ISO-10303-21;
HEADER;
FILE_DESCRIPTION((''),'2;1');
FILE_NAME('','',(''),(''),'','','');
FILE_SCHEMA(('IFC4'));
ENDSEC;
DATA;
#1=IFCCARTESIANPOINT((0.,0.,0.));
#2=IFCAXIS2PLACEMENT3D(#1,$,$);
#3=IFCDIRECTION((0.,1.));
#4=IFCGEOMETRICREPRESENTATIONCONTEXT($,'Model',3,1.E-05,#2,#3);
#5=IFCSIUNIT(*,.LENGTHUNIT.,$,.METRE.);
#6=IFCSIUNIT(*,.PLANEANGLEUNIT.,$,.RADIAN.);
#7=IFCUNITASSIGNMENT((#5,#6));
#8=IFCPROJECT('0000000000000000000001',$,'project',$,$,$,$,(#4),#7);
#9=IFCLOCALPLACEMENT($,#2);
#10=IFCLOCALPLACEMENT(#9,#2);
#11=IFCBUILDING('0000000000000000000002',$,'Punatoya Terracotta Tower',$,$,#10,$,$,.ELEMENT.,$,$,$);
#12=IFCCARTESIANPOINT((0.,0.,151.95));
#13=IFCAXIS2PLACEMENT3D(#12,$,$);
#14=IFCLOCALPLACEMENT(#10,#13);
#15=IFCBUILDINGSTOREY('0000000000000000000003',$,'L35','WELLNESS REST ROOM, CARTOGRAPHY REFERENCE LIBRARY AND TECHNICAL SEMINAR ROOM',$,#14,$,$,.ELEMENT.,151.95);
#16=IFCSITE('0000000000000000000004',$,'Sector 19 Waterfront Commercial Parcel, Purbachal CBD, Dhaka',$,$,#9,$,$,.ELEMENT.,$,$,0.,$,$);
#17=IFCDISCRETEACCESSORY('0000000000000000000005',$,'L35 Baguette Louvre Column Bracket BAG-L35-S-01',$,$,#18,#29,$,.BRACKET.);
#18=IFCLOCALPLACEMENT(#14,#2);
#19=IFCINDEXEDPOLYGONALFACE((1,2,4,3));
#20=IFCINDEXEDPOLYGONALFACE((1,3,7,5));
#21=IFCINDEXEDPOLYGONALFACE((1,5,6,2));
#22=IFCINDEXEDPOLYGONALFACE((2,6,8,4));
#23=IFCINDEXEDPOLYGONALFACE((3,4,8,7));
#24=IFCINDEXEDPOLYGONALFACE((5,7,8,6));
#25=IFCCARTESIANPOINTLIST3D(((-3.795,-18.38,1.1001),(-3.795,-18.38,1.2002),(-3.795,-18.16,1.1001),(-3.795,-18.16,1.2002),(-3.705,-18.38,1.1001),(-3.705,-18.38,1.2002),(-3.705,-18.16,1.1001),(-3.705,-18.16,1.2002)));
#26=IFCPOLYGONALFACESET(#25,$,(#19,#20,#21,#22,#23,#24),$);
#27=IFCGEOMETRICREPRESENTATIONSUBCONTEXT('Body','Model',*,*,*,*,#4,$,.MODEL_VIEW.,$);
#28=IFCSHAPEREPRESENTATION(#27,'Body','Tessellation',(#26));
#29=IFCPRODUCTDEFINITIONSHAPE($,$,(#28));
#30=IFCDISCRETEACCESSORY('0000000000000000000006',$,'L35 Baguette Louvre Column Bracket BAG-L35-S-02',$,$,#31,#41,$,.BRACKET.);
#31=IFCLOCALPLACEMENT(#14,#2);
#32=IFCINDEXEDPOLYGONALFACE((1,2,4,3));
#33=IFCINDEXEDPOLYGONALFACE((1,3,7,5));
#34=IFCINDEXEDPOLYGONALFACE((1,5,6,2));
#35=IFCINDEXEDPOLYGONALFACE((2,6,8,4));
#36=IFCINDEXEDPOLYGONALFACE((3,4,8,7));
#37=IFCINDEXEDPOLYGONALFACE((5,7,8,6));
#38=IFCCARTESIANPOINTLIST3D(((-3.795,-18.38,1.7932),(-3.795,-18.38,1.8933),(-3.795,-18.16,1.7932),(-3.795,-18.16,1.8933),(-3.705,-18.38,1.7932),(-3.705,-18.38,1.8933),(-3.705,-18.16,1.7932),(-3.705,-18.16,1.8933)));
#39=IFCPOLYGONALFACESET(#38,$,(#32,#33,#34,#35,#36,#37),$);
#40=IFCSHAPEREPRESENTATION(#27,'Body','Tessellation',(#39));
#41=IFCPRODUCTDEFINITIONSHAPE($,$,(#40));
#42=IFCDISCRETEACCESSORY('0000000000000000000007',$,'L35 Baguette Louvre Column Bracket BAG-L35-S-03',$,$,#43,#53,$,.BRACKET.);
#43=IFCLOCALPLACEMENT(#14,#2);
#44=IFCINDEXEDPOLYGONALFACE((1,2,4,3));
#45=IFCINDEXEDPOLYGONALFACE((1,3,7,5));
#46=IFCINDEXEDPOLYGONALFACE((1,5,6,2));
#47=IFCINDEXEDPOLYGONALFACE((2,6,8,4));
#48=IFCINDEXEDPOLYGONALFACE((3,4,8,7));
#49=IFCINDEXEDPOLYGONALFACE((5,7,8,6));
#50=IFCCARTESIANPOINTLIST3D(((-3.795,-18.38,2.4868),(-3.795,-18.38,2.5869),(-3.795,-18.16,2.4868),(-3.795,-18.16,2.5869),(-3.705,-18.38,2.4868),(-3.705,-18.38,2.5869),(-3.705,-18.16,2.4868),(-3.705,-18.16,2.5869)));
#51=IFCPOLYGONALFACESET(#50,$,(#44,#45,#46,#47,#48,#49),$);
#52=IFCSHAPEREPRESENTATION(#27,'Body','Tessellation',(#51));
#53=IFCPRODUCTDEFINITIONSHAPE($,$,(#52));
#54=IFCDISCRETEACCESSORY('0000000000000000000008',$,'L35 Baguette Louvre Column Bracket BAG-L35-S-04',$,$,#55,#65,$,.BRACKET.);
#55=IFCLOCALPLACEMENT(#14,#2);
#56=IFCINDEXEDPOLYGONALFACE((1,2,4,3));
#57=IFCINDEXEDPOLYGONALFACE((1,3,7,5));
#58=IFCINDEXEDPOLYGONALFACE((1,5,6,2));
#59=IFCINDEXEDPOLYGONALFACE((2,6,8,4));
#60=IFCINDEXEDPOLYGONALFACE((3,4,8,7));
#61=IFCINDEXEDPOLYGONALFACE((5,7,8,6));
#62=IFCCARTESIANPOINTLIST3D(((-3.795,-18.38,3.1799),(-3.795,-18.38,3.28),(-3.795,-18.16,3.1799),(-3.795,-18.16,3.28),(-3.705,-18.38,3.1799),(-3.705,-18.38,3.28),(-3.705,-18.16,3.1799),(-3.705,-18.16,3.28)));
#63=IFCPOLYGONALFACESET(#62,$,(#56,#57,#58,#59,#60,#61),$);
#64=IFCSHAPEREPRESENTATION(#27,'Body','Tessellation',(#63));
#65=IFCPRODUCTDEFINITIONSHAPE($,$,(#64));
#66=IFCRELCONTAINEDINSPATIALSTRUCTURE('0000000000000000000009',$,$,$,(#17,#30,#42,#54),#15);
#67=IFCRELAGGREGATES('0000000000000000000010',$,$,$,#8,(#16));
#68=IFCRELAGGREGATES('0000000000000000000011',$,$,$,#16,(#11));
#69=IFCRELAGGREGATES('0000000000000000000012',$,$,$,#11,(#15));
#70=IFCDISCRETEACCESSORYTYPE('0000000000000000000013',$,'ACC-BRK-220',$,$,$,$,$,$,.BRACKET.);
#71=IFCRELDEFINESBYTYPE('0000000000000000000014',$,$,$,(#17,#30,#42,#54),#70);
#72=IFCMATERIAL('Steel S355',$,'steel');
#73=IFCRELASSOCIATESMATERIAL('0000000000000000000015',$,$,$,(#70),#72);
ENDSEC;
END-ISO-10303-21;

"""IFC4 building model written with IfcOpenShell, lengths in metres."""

from ifc_helpers import new_model, si_unit, direction, frame, origin, origin_2d, place, context, subcontext, project, spatial, rectangle, extrude, material, type_object, element, save


model = new_model("IFC4")

# Units and contexts
model_context = context("Model", 3, precision=1e-05, world=origin(), true_north=direction((0.0, 1.0)))
body_context = subcontext(model_context, "Body", "Model", "MODEL_VIEW")
ifc_project = project(units=[si_unit("LENGTHUNIT", "METRE"), si_unit("PLANEANGLEUNIT", "RADIAN")], contexts=[model_context])

# Site, building, storey
site_placement = place(None, origin())
site = spatial("IfcSite", under=ifc_project, at=site_placement, Name="Sector 19 Waterfront Commercial Parcel, Purbachal CBD, Dhaka", CompositionType="ELEMENT", RefElevation=0.0)
building_placement = place(site_placement, origin())
building = spatial("IfcBuilding", under=site, at=building_placement, Name="Punatoya Terracotta Tower", CompositionType="ELEMENT")
storey_placement = place(building_placement, frame((0.0, 0.0, 151.95)))
storey = spatial("IfcBuildingStorey", under=building, at=storey_placement, Name="L35", Description="WELLNESS REST ROOM, CARTOGRAPHY REFERENCE LIBRARY AND TECHNICAL SEMINAR ROOM", CompositionType="ELEMENT", Elevation=151.95)

# Shared definitions
ifc_material_1 = material(Name="Steel S355", Category="steel")

# Discrete accessories
discrete_accessory_type = type_object("IfcDiscreteAccessoryType", Name="ACC-BRK-220", PredefinedType="BRACKET", material=ifc_material_1)
for number, where, z_axis, x_axis, name in (
    (1, (-3.75, -18.27, 1.1001), (0.0, 0.0, 1.0), (1.0, 0.0, 0.0), "L35 Baguette Louvre Column Bracket BAG-L35-S-01"),
    (2, (-3.75, -18.27, 1.7932), (0.0, 0.0, 1.0), (1.0, 0.0, 0.0), "L35 Baguette Louvre Column Bracket BAG-L35-S-02"),
    (3, (-3.75, -18.27, 2.4868), (0.0, 0.0, 1.0), (1.0, 0.0, 0.0), "L35 Baguette Louvre Column Bracket BAG-L35-S-03"),
    (4, (-3.75, -18.27, 3.1799), (0.0, 0.0, 1.0), (1.0, 0.0, 0.0), "L35 Baguette Louvre Column Bracket BAG-L35-S-04"),
):
    element("IfcDiscreteAccessory", number, at=place(storey_placement, frame(where, z_axis=z_axis, x_axis=x_axis)), inside=storey, type_object=discrete_accessory_type, Name=name, PredefinedType="BRACKET", context=body_context, shape_type="SweptSolid", body=[
        extrude(rectangle(XDim=0.0901, YDim=0.22, at=origin_2d()), origin(), (0.0, 0.0, 1.0), 0.1001),
    ])

save(model, "model.ifc")
